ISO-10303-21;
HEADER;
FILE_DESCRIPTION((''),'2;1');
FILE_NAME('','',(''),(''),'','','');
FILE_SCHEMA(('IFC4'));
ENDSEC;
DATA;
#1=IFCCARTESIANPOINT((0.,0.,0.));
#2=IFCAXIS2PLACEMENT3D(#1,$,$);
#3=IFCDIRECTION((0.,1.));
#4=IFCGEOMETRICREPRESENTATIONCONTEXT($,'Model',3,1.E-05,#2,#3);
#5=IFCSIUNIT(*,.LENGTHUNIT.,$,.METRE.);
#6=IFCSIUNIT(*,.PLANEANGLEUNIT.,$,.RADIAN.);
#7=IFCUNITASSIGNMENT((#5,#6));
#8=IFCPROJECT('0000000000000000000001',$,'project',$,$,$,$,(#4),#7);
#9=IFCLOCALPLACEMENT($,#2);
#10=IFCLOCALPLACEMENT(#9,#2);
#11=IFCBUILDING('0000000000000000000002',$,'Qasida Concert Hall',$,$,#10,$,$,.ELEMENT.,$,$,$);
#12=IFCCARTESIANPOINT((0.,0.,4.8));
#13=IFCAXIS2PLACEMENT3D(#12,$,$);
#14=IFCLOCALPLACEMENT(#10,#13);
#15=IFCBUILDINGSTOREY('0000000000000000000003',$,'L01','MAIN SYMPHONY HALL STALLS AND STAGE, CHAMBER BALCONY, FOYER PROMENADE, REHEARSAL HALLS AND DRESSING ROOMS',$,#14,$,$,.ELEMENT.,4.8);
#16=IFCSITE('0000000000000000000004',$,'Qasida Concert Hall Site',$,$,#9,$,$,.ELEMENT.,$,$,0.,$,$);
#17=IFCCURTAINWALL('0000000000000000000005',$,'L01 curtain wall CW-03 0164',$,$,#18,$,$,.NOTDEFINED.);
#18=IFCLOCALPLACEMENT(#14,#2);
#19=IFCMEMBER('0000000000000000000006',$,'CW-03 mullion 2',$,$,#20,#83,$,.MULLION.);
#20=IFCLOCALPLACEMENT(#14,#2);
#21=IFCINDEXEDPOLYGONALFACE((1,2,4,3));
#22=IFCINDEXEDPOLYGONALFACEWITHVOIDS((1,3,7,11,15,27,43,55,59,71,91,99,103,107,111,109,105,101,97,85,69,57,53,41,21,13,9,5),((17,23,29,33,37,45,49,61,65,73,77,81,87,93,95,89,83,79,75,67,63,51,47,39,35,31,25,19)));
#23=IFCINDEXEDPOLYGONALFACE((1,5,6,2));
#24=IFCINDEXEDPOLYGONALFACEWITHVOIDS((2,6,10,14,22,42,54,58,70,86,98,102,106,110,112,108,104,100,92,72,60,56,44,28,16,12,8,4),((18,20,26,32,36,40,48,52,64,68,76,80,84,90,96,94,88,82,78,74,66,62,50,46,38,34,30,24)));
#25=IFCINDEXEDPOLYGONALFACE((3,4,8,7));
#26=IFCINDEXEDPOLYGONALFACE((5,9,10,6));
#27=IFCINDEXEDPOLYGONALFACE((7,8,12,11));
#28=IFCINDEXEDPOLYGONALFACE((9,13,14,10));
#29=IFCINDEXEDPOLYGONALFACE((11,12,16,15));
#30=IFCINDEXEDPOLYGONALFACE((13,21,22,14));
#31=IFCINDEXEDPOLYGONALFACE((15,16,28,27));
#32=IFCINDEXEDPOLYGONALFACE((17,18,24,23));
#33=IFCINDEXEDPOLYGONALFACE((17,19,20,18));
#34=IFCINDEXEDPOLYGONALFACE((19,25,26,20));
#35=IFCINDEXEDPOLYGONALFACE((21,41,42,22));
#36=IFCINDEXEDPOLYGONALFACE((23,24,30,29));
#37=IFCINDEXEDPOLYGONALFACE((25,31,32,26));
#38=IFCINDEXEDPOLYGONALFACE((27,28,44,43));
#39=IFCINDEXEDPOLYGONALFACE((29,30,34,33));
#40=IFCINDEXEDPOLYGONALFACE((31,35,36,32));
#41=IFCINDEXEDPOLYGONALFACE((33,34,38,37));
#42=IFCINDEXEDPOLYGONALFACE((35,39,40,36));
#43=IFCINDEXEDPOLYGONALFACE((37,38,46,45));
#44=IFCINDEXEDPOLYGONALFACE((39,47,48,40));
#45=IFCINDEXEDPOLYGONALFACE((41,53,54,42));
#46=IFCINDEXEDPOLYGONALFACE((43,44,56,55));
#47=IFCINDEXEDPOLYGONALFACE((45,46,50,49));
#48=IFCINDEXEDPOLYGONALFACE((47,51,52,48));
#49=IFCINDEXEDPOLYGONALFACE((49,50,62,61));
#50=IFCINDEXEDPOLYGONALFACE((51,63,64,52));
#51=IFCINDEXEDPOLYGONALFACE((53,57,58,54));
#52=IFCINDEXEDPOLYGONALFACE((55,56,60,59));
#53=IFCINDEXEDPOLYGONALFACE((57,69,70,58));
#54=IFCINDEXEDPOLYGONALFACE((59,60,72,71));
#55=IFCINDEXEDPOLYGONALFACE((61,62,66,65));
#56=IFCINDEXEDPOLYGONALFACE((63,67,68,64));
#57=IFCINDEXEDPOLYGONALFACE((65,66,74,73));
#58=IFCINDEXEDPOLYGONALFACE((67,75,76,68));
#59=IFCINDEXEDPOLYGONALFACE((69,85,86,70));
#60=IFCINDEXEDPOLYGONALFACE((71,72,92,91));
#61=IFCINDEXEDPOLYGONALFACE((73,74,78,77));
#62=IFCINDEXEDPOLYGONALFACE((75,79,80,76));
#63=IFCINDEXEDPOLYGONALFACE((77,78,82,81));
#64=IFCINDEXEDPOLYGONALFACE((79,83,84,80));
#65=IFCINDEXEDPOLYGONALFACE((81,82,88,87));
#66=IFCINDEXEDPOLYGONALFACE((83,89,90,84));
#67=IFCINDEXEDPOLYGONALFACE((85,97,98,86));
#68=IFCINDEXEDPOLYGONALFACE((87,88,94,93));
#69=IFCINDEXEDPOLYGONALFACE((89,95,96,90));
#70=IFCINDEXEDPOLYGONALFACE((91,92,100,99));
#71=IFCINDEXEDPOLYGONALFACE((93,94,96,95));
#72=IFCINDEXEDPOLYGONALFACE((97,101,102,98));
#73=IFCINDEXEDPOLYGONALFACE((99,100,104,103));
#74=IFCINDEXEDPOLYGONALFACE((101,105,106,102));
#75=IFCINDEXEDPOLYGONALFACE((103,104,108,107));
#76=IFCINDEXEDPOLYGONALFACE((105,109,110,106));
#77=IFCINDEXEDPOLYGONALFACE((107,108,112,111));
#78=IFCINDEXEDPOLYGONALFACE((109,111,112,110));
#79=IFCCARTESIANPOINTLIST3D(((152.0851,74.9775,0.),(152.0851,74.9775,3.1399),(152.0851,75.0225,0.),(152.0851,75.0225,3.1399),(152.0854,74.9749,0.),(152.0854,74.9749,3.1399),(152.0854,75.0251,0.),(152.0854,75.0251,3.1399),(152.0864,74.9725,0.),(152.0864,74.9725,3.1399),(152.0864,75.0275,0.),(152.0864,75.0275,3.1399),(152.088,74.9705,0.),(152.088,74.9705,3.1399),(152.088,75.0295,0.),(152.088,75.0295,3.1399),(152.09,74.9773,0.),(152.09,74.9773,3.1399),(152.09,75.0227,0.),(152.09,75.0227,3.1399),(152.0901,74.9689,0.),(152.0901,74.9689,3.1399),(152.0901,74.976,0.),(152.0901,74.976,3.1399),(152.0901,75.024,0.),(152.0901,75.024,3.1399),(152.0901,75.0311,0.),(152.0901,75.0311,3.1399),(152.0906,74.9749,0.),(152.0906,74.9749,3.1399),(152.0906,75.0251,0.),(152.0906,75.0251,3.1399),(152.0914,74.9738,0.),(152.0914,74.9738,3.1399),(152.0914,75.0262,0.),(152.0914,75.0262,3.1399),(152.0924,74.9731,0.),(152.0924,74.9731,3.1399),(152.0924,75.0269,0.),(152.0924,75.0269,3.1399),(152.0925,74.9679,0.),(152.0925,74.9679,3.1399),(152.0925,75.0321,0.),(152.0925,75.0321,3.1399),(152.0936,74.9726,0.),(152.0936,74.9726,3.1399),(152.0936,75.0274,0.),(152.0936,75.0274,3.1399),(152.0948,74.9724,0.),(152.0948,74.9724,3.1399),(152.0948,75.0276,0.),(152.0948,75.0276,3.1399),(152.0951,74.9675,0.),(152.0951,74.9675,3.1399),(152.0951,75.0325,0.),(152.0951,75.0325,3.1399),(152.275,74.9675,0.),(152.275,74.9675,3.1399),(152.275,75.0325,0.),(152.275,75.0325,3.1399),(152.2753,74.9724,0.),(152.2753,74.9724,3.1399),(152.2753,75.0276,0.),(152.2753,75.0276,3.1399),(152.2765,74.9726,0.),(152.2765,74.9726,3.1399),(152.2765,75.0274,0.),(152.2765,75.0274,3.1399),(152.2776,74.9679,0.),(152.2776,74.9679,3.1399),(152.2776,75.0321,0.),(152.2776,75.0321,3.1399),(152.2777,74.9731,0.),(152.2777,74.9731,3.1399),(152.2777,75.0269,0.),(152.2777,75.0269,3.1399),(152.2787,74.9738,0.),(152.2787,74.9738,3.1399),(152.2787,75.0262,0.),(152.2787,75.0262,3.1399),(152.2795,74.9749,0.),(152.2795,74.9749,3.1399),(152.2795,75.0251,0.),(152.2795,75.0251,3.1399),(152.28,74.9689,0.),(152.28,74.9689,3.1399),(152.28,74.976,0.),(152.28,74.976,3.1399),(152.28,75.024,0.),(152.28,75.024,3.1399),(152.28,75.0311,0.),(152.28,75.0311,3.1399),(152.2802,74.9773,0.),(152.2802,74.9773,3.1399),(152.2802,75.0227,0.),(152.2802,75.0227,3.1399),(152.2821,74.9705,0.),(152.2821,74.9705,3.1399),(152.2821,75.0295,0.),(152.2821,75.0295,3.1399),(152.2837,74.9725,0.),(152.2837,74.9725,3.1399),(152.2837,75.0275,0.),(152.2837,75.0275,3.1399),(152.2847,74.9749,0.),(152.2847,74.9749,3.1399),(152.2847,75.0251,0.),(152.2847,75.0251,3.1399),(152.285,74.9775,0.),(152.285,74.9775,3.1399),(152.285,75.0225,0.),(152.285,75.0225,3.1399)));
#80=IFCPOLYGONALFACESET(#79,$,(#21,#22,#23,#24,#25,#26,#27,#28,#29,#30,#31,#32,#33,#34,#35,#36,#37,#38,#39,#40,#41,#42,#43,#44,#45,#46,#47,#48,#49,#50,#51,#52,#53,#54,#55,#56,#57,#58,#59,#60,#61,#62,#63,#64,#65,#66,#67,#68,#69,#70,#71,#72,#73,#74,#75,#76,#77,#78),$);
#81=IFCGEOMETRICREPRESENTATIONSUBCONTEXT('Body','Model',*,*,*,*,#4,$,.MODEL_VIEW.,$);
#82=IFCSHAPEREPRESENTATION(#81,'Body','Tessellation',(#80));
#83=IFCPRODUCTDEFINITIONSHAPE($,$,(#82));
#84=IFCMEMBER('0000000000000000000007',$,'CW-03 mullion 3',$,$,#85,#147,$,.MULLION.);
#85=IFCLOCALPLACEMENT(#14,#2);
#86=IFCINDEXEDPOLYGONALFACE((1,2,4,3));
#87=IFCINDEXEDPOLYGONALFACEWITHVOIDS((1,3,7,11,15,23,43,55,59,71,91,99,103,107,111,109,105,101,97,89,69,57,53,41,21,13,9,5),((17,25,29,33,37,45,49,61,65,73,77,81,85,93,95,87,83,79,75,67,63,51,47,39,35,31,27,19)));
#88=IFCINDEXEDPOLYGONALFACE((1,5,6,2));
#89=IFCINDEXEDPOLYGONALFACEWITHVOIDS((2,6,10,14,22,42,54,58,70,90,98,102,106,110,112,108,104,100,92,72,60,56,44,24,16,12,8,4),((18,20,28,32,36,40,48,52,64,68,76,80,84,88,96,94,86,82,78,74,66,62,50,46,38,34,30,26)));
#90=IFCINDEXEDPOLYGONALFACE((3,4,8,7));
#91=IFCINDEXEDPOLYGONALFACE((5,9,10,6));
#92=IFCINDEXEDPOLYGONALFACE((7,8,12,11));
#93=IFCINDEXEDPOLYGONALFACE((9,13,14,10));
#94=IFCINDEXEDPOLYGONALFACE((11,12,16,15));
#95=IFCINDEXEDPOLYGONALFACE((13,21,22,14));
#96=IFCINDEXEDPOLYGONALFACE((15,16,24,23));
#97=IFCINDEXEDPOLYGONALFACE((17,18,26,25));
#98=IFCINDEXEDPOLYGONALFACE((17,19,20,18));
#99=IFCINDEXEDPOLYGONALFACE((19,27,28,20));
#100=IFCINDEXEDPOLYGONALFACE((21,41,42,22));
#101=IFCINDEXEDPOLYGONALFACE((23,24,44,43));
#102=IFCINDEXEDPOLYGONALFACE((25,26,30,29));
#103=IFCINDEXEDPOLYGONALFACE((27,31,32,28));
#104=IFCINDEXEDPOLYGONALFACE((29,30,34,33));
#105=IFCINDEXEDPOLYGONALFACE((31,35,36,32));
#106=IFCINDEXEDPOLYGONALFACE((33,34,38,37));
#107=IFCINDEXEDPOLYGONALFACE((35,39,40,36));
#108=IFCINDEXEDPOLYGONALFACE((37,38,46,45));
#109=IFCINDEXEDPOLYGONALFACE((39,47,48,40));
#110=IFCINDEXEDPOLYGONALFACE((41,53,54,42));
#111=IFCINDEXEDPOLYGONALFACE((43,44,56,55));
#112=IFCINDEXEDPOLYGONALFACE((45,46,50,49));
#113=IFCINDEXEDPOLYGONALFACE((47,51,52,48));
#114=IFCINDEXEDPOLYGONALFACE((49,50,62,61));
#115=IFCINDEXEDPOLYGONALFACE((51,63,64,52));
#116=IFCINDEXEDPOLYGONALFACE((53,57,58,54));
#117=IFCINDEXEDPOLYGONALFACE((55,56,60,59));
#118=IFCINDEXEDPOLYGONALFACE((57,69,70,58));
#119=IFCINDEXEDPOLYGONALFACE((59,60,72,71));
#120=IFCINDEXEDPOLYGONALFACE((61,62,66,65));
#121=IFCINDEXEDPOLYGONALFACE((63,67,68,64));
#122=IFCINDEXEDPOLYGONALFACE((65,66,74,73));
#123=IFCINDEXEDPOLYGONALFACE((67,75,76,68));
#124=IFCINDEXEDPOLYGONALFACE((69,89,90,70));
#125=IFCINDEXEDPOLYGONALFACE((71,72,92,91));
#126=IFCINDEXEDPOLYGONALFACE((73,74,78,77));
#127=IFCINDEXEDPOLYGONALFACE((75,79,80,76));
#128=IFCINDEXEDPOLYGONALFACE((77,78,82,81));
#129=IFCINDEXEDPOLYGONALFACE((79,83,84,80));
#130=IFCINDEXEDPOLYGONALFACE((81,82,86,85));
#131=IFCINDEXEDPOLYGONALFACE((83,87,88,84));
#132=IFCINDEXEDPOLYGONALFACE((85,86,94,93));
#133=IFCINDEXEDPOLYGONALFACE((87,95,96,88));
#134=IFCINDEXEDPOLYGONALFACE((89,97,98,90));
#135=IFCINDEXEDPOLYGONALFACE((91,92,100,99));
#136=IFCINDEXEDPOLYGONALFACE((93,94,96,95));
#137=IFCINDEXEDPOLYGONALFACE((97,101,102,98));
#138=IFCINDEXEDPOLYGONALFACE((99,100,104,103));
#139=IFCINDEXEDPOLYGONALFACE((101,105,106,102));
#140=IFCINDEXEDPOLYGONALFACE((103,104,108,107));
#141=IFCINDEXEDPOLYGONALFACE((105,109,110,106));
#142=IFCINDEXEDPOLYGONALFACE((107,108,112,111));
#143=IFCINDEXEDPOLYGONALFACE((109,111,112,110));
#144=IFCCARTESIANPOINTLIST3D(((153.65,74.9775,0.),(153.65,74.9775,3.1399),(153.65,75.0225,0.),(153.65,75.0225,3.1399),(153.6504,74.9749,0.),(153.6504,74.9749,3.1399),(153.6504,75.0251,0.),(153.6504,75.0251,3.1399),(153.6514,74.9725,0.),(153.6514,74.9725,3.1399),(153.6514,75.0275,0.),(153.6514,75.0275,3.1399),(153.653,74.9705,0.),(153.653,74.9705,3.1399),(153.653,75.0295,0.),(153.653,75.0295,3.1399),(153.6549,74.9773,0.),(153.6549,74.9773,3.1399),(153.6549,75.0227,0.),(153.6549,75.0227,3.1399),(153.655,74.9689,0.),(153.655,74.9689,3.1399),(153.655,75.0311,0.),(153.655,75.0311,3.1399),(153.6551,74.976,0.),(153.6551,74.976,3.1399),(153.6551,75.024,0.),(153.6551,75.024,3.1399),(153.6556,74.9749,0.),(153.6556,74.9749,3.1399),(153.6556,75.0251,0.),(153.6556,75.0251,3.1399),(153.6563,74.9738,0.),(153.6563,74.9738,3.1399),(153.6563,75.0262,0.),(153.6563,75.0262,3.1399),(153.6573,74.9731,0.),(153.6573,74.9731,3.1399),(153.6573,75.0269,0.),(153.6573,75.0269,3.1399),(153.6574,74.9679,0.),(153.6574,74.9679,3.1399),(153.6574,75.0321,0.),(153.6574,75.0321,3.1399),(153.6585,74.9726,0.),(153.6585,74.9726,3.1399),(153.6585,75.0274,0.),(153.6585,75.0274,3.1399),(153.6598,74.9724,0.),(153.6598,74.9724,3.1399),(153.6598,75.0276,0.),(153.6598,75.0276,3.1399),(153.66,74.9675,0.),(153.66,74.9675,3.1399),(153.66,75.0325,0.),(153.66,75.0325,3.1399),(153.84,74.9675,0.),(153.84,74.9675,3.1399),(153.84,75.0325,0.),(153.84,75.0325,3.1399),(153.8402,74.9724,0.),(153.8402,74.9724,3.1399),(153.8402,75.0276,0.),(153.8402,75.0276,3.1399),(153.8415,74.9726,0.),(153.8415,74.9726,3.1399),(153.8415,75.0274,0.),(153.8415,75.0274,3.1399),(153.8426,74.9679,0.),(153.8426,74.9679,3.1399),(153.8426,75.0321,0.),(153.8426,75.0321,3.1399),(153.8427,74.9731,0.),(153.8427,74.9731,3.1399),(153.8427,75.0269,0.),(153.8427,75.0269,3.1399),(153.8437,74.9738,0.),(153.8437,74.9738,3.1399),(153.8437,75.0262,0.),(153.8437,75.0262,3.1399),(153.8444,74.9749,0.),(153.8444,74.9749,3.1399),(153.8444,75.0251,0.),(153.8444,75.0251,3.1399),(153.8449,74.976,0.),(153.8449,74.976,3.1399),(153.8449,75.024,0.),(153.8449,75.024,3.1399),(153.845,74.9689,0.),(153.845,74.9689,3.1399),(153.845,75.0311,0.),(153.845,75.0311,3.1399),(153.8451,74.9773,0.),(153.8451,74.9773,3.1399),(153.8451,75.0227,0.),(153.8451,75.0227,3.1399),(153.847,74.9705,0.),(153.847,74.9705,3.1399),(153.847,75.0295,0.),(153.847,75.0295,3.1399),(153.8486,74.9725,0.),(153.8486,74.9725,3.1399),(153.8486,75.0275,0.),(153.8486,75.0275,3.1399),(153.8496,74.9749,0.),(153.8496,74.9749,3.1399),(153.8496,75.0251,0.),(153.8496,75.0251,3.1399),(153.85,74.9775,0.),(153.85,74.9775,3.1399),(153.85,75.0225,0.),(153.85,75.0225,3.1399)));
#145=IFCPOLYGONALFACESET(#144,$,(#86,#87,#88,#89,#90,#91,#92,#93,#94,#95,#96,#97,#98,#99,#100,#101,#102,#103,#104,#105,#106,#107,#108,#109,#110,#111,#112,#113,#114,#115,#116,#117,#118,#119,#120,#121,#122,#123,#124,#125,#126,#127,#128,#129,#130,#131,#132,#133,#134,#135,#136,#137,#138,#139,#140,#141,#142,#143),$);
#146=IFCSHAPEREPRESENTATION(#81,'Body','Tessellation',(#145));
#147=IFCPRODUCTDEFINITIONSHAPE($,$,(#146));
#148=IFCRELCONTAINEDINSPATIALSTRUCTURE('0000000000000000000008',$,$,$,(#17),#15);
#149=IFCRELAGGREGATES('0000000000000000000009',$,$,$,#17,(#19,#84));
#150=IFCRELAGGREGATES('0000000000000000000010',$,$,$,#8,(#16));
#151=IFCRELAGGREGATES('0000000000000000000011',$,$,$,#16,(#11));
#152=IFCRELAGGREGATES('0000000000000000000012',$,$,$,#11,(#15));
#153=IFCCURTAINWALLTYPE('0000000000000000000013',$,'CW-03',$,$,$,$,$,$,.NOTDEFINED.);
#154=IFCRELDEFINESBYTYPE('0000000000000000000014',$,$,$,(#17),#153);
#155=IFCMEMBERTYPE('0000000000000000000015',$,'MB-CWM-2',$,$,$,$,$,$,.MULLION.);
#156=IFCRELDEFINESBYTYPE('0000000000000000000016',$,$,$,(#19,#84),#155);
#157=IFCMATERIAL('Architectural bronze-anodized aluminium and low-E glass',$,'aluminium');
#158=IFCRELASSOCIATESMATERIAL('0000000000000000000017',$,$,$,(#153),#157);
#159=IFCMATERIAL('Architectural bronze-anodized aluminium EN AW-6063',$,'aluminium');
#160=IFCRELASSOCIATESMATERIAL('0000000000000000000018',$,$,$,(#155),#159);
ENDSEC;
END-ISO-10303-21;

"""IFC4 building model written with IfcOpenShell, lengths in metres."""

from ifc_helpers import new_model, si_unit, direction, frame, origin, origin_2d, place, context, subcontext, project, spatial, hollow_rectangle, extrude, material, material_profile, profile_set, type_object, element, aggregate, save


model = new_model("IFC4")

# Units and contexts
model_context = context("Model", 3, precision=1e-05, world=origin(), true_north=direction((0.0, 1.0)))
body_context = subcontext(model_context, "Body", "Model", "MODEL_VIEW")
ifc_project = project(units=[si_unit("LENGTHUNIT", "METRE"), si_unit("PLANEANGLEUNIT", "RADIAN")], contexts=[model_context])

# Site, building, storey
site_placement = place(None, origin())
site = spatial("IfcSite", under=ifc_project, at=site_placement, Name="Qasida Concert Hall Site", CompositionType="ELEMENT", RefElevation=0.0)
building_placement = place(site_placement, origin())
building = spatial("IfcBuilding", under=site, at=building_placement, Name="Qasida Concert Hall", CompositionType="ELEMENT")
storey_placement = place(building_placement, frame((0.0, 0.0, 4.8)))
storey = spatial("IfcBuildingStorey", under=building, at=storey_placement, Name="L01", Description="MAIN SYMPHONY HALL STALLS AND STAGE, CHAMBER BALCONY, FOYER PROMENADE, REHEARSAL HALLS AND DRESSING ROOMS", CompositionType="ELEMENT", Elevation=4.8)

# Curtain wall, members
ifc_material_1 = material(Name="Architectural bronze-anodized aluminium and low-E glass", Category="aluminium")
curtain_wall_type = type_object("IfcCurtainWallType", Name="CW-03", PredefinedType="NOTDEFINED", material=ifc_material_1)
curtain_wall_placement = place(storey_placement, origin())
curtain_wall = element("IfcCurtainWall", 1, at=curtain_wall_placement, inside=storey, type_object=curtain_wall_type, Name="L01 curtain wall CW-03 0164", PredefinedType="NOTDEFINED")
ifc_material_2 = material(Name="Architectural bronze-anodized aluminium EN AW-6063", Category="aluminium")
ifc_material_profile_1 = material_profile(ifc_material_2, hollow_rectangle(XDim=0.0649, YDim=0.2, WallThickness=0.0049, InnerFilletRadius=0.0049, OuterFilletRadius=0.01, at=origin_2d()), Name="CWM 200x65x5")
ifc_profile_set_1 = profile_set([ifc_material_profile_1], Name="Architectural bronze-anodized aluminium EN AW-6063")
member_type_1 = type_object("IfcMemberType", Name="MB-CWM-2", PredefinedType="MULLION", material=ifc_profile_set_1)
member_1_placement = place(storey_placement, frame((152.1851, 75.0, 0.0), z_axis=(0.0, 0.0, 1.0), x_axis=(0.0, 1.0, 0.0)))
member_1 = element("IfcMember", 2, at=member_1_placement, type_object=member_type_1, Name="CW-03 mullion 2", PredefinedType="MULLION", context=body_context, shape_type="SweptSolid", body=[
    extrude(hollow_rectangle(XDim=0.0649, YDim=0.2, WallThickness=0.0049, InnerFilletRadius=0.0049, OuterFilletRadius=0.01, at=origin_2d()), origin(), (0.0, 0.0, 1.0), 3.1399),
])
member_2_placement = place(storey_placement, frame((153.75, 75.0, 0.0), z_axis=(0.0, 0.0, 1.0), x_axis=(0.0, 1.0, 0.0)))
member_2 = element("IfcMember", 3, at=member_2_placement, type_object=member_type_1, Name="CW-03 mullion 3", PredefinedType="MULLION", context=body_context, shape_type="SweptSolid", body=[
    extrude(hollow_rectangle(XDim=0.0649, YDim=0.2, WallThickness=0.0049, InnerFilletRadius=0.0049, OuterFilletRadius=0.01, at=origin_2d()), origin(), (0.0, 0.0, 1.0), 3.1399),
])
aggregate(curtain_wall, [member_1, member_2])

save(model, "model.ifc")
